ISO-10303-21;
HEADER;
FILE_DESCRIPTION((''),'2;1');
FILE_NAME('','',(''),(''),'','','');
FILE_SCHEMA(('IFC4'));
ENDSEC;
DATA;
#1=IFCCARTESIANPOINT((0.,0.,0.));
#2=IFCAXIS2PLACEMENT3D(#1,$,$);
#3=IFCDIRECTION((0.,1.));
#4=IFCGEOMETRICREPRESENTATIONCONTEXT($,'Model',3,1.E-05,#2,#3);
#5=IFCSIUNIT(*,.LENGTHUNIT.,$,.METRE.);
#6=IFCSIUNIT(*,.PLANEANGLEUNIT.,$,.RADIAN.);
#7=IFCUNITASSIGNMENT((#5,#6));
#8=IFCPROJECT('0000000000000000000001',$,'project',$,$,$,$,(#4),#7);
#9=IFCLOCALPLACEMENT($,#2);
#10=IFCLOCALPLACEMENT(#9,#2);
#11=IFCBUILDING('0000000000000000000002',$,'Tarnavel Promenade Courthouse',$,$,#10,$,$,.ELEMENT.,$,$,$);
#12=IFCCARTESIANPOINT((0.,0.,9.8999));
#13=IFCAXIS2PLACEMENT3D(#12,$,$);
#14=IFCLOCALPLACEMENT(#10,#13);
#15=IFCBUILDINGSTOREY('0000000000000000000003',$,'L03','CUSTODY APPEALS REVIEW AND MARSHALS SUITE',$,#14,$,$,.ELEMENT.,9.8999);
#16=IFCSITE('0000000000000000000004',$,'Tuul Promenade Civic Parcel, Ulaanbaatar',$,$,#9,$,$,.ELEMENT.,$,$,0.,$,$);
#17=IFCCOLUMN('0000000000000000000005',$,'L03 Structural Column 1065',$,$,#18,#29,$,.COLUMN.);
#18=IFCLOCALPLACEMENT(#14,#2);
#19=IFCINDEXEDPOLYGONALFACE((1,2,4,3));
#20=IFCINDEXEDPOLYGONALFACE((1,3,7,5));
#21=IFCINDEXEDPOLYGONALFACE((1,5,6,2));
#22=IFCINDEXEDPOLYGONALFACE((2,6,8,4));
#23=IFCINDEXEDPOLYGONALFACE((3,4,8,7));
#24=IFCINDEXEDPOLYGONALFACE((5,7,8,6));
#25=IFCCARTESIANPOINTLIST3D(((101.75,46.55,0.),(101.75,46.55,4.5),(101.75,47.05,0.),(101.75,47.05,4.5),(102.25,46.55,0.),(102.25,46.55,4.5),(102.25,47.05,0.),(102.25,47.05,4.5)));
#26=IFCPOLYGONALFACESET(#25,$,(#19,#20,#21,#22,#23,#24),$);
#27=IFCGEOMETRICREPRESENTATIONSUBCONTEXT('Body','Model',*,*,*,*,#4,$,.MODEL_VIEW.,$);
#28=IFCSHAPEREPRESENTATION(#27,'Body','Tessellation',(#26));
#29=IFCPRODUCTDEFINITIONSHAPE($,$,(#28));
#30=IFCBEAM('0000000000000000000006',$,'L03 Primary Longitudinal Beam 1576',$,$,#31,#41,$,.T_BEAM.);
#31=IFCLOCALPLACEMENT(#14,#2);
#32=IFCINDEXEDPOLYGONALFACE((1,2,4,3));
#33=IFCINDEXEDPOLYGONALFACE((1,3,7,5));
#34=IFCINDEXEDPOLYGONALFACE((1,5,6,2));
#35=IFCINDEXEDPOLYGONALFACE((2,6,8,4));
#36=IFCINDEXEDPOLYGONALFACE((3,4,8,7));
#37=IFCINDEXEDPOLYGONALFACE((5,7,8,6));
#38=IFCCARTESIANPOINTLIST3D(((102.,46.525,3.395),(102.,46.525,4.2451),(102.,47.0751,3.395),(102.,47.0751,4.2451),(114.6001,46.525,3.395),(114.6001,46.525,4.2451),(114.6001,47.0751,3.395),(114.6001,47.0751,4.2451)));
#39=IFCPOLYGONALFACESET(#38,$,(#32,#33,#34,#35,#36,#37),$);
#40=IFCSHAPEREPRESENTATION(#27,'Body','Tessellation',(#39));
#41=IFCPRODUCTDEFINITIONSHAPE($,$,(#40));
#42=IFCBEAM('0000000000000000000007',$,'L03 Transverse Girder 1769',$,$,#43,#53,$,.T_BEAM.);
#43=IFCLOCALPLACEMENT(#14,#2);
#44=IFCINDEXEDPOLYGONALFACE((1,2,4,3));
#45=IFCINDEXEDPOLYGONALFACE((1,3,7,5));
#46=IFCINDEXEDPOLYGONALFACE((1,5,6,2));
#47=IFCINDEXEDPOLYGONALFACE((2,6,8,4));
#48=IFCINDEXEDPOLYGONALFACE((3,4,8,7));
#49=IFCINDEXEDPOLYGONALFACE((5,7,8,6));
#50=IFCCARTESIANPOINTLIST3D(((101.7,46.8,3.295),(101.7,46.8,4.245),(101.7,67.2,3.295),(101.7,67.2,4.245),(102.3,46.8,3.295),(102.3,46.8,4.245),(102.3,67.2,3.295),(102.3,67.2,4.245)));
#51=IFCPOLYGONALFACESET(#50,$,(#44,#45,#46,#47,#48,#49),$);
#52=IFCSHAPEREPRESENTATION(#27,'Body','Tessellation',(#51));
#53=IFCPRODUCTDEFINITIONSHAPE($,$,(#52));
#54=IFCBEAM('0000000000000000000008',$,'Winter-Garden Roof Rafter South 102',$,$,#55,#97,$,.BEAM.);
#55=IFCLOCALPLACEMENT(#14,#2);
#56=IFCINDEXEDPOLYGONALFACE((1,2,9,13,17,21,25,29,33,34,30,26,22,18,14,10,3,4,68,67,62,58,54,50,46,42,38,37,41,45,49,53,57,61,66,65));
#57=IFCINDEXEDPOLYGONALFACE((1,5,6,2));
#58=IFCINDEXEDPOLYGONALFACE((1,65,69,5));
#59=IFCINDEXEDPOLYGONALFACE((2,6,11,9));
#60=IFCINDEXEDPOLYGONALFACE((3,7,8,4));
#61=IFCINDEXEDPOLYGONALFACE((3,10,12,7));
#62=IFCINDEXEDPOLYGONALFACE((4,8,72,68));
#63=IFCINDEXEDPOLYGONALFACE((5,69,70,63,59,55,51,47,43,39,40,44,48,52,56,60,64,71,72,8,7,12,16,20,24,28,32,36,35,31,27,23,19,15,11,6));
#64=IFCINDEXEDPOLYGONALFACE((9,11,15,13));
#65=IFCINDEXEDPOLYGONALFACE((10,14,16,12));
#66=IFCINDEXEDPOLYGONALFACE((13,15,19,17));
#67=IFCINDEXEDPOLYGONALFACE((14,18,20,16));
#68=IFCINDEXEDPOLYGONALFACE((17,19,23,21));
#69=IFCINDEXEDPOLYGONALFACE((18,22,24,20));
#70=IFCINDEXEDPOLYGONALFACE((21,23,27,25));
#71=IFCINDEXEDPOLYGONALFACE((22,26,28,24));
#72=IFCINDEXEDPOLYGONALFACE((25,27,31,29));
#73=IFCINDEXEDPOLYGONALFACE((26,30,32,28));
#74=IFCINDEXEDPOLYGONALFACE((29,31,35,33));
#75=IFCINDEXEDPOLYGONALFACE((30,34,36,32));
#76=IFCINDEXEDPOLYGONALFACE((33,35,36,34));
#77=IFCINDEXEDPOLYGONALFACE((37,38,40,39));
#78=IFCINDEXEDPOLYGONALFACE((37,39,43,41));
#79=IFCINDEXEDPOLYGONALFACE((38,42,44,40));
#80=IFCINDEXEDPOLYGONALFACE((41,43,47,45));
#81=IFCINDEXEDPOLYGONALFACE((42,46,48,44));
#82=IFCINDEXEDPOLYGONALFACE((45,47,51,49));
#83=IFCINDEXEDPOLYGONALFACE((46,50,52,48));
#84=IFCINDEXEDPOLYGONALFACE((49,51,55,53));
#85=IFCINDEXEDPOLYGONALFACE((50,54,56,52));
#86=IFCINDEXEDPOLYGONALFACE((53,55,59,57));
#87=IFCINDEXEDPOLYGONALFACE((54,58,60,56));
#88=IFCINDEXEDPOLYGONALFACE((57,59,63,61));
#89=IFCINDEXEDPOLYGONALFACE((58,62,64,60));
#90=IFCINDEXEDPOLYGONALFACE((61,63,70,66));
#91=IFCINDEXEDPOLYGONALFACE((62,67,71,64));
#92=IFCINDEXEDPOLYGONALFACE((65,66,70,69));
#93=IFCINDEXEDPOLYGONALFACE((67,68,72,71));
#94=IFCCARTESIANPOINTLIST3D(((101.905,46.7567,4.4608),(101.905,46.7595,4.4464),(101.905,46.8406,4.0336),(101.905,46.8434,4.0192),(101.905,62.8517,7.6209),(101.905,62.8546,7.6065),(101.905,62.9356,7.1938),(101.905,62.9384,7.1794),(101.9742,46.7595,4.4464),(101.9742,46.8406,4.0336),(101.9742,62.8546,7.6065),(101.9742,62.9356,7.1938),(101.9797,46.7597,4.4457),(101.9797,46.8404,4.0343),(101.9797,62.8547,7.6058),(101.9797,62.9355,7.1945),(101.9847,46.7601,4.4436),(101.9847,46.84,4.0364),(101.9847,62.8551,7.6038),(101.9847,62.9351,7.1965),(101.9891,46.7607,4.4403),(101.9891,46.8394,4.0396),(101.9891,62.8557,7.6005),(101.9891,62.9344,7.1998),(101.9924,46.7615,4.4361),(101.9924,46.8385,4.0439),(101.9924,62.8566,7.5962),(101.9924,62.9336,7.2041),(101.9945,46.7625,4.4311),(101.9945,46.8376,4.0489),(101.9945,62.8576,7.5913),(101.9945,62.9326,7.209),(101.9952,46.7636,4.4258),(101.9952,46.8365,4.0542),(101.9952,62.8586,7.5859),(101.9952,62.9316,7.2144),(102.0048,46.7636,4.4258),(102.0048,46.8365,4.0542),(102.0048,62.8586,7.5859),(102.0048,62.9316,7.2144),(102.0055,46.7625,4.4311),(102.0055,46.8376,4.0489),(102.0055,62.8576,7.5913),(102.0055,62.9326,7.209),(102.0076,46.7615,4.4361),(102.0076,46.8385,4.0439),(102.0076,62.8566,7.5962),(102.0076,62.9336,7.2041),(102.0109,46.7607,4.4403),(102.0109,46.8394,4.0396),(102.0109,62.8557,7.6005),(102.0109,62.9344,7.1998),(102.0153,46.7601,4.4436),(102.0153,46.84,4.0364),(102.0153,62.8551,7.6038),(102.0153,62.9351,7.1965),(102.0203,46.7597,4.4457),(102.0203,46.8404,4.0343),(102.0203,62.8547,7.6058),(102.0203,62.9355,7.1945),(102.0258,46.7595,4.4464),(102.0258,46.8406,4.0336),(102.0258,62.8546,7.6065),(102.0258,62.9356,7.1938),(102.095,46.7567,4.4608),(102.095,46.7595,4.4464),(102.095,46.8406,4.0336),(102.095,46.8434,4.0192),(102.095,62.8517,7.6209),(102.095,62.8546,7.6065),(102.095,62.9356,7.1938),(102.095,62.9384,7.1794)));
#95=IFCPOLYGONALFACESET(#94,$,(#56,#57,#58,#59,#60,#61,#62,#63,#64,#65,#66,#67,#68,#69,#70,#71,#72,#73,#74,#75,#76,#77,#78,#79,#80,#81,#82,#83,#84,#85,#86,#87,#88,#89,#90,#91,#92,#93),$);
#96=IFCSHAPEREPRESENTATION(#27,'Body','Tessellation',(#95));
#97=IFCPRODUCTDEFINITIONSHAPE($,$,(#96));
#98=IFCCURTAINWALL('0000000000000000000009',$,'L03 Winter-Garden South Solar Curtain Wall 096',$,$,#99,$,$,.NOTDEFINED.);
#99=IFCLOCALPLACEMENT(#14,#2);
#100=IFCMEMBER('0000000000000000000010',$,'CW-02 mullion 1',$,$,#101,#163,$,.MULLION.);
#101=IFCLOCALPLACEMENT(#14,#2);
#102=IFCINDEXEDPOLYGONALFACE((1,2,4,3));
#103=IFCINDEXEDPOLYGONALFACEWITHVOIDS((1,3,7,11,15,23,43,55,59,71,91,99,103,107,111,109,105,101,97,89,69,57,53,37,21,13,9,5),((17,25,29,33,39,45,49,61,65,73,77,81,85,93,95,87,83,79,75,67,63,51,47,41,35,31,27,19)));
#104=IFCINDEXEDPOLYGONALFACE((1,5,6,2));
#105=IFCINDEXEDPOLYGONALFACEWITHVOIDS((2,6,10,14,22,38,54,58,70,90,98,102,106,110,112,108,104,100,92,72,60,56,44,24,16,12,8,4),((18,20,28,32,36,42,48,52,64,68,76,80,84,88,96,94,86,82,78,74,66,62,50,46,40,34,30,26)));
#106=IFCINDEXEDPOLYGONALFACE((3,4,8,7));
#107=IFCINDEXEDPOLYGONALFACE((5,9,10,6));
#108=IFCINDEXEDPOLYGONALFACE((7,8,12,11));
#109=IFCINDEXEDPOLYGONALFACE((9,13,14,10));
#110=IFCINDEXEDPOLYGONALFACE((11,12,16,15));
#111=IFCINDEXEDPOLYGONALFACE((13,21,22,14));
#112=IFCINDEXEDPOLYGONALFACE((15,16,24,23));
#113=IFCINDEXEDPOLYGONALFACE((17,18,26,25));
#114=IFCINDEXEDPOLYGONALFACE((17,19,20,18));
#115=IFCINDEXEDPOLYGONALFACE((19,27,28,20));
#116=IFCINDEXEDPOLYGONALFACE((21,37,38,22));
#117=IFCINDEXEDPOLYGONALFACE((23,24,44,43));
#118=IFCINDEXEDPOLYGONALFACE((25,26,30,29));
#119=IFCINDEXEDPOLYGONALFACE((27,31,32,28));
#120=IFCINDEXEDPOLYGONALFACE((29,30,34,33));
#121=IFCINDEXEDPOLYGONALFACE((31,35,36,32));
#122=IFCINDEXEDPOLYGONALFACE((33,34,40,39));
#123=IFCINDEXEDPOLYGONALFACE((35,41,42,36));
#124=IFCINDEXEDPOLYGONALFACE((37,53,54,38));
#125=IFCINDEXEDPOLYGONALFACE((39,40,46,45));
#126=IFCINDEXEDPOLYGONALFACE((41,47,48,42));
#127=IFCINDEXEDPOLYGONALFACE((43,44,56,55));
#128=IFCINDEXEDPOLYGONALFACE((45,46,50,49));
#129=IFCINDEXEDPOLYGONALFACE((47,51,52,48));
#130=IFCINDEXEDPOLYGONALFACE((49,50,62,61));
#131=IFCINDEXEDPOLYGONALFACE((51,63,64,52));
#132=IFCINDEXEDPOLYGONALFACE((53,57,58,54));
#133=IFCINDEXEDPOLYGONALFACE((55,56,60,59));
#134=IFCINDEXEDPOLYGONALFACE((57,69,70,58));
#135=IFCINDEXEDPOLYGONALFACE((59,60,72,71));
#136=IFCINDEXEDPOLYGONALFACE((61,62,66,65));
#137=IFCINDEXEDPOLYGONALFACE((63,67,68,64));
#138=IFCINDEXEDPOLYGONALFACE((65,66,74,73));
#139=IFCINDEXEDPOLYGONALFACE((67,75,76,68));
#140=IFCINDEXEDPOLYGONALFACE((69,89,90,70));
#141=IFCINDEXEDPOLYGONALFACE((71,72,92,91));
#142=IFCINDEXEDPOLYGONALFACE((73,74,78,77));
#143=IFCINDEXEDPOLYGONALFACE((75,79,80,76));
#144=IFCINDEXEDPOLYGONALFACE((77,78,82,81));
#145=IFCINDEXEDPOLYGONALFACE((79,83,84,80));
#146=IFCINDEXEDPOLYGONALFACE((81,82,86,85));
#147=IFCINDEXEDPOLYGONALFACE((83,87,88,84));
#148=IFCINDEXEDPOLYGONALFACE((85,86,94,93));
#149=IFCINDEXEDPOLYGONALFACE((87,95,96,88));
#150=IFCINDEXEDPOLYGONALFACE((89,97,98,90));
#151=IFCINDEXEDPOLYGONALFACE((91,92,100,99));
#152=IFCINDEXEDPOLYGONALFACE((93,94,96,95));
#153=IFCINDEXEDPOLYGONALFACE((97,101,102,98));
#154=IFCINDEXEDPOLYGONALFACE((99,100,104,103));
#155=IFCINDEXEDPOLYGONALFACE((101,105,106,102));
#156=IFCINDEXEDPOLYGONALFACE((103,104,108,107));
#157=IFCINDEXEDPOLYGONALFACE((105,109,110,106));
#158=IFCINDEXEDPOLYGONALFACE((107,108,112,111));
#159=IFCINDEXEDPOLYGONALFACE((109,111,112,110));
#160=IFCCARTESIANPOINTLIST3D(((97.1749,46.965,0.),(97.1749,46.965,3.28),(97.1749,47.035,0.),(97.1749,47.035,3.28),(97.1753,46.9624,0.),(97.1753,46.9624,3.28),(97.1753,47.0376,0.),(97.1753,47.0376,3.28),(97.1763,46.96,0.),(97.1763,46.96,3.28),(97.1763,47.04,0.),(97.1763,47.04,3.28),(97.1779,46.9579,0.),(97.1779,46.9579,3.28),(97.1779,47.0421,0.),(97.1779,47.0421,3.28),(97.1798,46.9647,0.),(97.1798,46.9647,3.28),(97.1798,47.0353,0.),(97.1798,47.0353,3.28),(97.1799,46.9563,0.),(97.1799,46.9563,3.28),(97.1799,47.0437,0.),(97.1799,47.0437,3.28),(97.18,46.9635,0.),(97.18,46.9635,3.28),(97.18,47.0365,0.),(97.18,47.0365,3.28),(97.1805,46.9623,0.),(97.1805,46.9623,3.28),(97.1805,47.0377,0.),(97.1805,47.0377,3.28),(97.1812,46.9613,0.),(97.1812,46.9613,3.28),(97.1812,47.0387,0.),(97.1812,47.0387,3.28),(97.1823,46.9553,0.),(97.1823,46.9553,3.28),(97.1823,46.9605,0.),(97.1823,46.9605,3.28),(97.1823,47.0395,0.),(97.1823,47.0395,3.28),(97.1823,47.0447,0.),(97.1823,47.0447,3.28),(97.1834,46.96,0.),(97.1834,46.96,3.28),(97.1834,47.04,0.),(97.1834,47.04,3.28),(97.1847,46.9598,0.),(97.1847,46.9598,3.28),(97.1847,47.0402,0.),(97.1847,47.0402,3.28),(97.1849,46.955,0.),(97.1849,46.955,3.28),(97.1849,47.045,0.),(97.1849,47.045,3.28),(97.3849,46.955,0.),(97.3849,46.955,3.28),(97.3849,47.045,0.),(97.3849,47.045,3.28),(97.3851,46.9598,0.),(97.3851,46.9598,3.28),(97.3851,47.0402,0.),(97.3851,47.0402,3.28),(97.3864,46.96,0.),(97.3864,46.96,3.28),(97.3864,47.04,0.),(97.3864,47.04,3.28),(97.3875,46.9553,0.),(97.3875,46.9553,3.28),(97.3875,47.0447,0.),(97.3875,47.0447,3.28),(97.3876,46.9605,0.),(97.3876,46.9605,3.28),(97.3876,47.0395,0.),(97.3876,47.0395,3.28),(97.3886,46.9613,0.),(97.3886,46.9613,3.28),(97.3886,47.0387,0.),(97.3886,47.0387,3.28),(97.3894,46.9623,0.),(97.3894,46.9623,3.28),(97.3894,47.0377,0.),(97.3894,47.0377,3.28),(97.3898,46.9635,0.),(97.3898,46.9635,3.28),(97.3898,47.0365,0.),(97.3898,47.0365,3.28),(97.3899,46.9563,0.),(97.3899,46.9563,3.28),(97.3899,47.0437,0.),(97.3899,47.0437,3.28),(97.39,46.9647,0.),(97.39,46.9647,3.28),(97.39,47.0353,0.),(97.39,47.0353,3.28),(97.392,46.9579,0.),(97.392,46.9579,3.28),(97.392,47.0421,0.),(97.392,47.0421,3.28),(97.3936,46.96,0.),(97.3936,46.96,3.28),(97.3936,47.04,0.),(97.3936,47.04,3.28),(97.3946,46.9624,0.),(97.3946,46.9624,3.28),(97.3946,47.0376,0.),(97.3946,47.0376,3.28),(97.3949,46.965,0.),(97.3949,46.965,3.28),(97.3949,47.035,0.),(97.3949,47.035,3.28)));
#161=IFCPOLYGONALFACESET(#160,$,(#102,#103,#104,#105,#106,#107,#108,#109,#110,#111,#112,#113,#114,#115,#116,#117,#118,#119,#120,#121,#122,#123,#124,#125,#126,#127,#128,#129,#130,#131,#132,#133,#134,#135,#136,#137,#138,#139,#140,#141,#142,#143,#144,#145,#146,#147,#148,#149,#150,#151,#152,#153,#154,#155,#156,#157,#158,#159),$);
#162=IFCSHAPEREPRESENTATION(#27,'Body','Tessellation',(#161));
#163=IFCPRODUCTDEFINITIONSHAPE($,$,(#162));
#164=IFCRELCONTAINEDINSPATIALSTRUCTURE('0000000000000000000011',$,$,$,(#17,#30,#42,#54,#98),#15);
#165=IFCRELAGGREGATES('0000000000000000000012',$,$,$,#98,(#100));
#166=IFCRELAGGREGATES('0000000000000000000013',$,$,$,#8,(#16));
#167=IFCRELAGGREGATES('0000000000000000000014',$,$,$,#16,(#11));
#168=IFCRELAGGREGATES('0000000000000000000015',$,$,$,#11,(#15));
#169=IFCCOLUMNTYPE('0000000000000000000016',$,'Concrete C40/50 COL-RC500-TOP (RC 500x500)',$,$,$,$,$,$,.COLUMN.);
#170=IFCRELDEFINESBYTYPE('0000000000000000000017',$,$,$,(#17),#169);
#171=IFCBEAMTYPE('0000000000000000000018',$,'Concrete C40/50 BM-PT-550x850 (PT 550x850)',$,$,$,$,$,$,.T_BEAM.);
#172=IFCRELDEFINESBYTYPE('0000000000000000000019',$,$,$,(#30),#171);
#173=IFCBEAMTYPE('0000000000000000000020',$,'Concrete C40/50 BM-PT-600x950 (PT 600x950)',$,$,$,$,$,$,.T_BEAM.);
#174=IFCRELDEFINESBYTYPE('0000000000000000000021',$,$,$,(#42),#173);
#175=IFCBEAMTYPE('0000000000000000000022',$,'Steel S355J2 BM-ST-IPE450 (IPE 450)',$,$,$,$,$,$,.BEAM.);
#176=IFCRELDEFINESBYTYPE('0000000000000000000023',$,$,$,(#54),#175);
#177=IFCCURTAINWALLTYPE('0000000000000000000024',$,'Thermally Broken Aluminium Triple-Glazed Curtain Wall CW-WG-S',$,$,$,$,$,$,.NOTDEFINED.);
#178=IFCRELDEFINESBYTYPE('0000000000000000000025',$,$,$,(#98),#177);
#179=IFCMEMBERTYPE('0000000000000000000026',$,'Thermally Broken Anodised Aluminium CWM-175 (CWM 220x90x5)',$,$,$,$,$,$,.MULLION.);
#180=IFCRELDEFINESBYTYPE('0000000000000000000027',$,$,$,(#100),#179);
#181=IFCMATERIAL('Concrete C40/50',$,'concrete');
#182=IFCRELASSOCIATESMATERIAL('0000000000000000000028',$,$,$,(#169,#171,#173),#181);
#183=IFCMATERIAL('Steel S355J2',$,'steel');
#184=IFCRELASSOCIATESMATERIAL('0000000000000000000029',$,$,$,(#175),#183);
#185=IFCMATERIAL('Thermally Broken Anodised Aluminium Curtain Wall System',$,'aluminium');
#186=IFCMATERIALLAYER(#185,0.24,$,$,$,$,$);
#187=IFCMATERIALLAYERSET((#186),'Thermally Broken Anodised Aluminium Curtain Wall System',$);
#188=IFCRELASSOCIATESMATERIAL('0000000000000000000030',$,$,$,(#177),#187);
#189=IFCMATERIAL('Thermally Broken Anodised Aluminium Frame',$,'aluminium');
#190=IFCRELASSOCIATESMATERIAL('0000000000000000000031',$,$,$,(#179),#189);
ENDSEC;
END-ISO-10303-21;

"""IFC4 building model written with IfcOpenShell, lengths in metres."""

from ifc_helpers import new_model, si_unit, direction, frame, origin, origin_2d, place, context, subcontext, project, spatial, rectangle, hollow_rectangle, i_section, extrude, material, layer, layer_set, material_profile, profile_set, type_object, element, aggregate, save


model = new_model("IFC4")

# Units and contexts
model_context = context("Model", 3, precision=1e-05, world=origin(), true_north=direction((0.0, 1.0)))
body_context = subcontext(model_context, "Body", "Model", "MODEL_VIEW")
ifc_project = project(units=[si_unit("LENGTHUNIT", "METRE"), si_unit("PLANEANGLEUNIT", "RADIAN")], contexts=[model_context])

# Site, building, storey
site_placement = place(None, origin())
site = spatial("IfcSite", under=ifc_project, at=site_placement, Name="Tuul Promenade Civic Parcel, Ulaanbaatar", CompositionType="ELEMENT", RefElevation=0.0)
building_placement = place(site_placement, origin())
building = spatial("IfcBuilding", under=site, at=building_placement, Name="Tarnavel Promenade Courthouse", CompositionType="ELEMENT")
storey_placement = place(building_placement, frame((0.0, 0.0, 9.8999)))
storey = spatial("IfcBuildingStorey", under=building, at=storey_placement, Name="L03", Description="CUSTODY APPEALS REVIEW AND MARSHALS SUITE", CompositionType="ELEMENT", Elevation=9.8999)

# Column
ifc_material_1 = material(Name="Concrete C40/50", Category="concrete")
ifc_material_profile_1 = material_profile(ifc_material_1, rectangle(XDim=0.5, YDim=0.5, at=origin_2d()), Name="RC 500x500")
ifc_profile_set_1 = profile_set([ifc_material_profile_1], Name="Concrete C40/50")
column_type = type_object("IfcColumnType", Name="Concrete C40/50 COL-RC500-TOP (RC 500x500)", PredefinedType="COLUMN", material=ifc_profile_set_1)
column_placement = place(storey_placement, frame((102.0, 46.8, 0.0), z_axis=(0.0, 0.0, 1.0), x_axis=(1.0, 0.0, 0.0)))
element("IfcColumn", 1, at=column_placement, inside=storey, type_object=column_type, Name="L03 Structural Column 1065", PredefinedType="COLUMN", context=body_context, shape_type="SweptSolid", body=[
    extrude(rectangle(XDim=0.5, YDim=0.5, at=origin_2d()), origin(), (0.0, 0.0, 1.0), 4.5),
])

# Beams
ifc_material_profile_2 = material_profile(ifc_material_1, rectangle(XDim=0.55, YDim=0.8501, at=origin_2d()), Name="PT 550x850")
ifc_profile_set_2 = profile_set([ifc_material_profile_2], Name="Concrete C40/50")
beam_type_1 = type_object("IfcBeamType", Name="Concrete C40/50 BM-PT-550x850 (PT 550x850)", PredefinedType="T_BEAM", material=ifc_profile_set_2)
beam_1_placement = place(storey_placement, frame((102.0, 46.8, 3.8201), z_axis=(1.0, 0.0, 0.0), x_axis=(0.0, 1.0, 0.0)))
element("IfcBeam", 2, at=beam_1_placement, inside=storey, type_object=beam_type_1, Name="L03 Primary Longitudinal Beam 1576", PredefinedType="T_BEAM", context=body_context, shape_type="SweptSolid", body=[
    extrude(rectangle(XDim=0.55, YDim=0.8501, at=origin_2d()), origin(), (0.0, 0.0, 1.0), 12.6001),
])
ifc_material_profile_3 = material_profile(ifc_material_1, rectangle(XDim=0.6001, YDim=0.95, at=origin_2d()), Name="PT 600x950")
ifc_profile_set_3 = profile_set([ifc_material_profile_3], Name="Concrete C40/50")
beam_type_2 = type_object("IfcBeamType", Name="Concrete C40/50 BM-PT-600x950 (PT 600x950)", PredefinedType="T_BEAM", material=ifc_profile_set_3)
beam_2_placement = place(storey_placement, frame((102.0, 46.8, 3.77), z_axis=(0.0, 1.0, 0.0), x_axis=(-1.0, 0.0, 0.0)))
element("IfcBeam", 3, at=beam_2_placement, inside=storey, type_object=beam_type_2, Name="L03 Transverse Girder 1769", PredefinedType="T_BEAM", context=body_context, shape_type="SweptSolid", body=[
    extrude(rectangle(XDim=0.6001, YDim=0.95, at=origin_2d()), origin(), (0.0, 0.0, 1.0), 20.3999),
])
ifc_material_2 = material(Name="Steel S355J2", Category="steel")
ifc_material_profile_4 = material_profile(ifc_material_2, i_section(OverallWidth=0.1899, OverallDepth=0.45, WebThickness=0.0095, FlangeThickness=0.0146, FilletRadius=0.021, at=origin_2d()), Name="IPE 450")
ifc_profile_set_4 = profile_set([ifc_material_profile_4], Name="Steel S355J2")
beam_type_3 = type_object("IfcBeamType", Name="Steel S355J2 BM-ST-IPE450 (IPE 450)", PredefinedType="BEAM", material=ifc_profile_set_4)
beam_3_placement = place(storey_placement, frame((102.0, 46.8, 4.24), z_axis=(0.0, 0.981264, 0.192666), x_axis=(-1.0, 0.0, 0.0)))
element("IfcBeam", 4, at=beam_3_placement, inside=storey, type_object=beam_type_3, Name="Winter-Garden Roof Rafter South 102", PredefinedType="BEAM", context=body_context, shape_type="SweptSolid", body=[
    extrude(i_section(OverallWidth=0.1899, OverallDepth=0.45, WebThickness=0.0095, FlangeThickness=0.0146, FilletRadius=0.021, at=origin_2d()), origin(), (0.0, 0.0, 1.0), 16.4023),
])

# Curtain wall, member
ifc_material_3 = material(Name="Thermally Broken Anodised Aluminium Curtain Wall System", Category="aluminium")
ifc_layer_1 = layer(ifc_material_3, 0.24)
ifc_layer_set_1 = layer_set([ifc_layer_1], Name="Thermally Broken Anodised Aluminium Curtain Wall System")
curtain_wall_type = type_object("IfcCurtainWallType", Name="Thermally Broken Aluminium Triple-Glazed Curtain Wall CW-WG-S", PredefinedType="NOTDEFINED", material=ifc_layer_set_1)
curtain_wall_1_placement = place(storey_placement, origin())
curtain_wall_1 = element("IfcCurtainWall", 5, at=curtain_wall_1_placement, inside=storey, type_object=curtain_wall_type, Name="L03 Winter-Garden South Solar Curtain Wall 096", PredefinedType="NOTDEFINED")
ifc_material_4 = material(Name="Thermally Broken Anodised Aluminium Frame", Category="aluminium")
ifc_material_profile_5 = material_profile(ifc_material_4, hollow_rectangle(XDim=0.0901, YDim=0.22, WallThickness=0.0049, InnerFilletRadius=0.0049, OuterFilletRadius=0.01, at=origin_2d()), Name="CWM 220x90x5")
ifc_profile_set_5 = profile_set([ifc_material_profile_5], Name="Thermally Broken Anodised Aluminium Frame")
member_type_1 = type_object("IfcMemberType", Name="Thermally Broken Anodised Aluminium CWM-175 (CWM 220x90x5)", PredefinedType="MULLION", material=ifc_profile_set_5)
member_1_placement = place(storey_placement, frame((97.2849, 47.0, 0.0), z_axis=(0.0, 0.0, 1.0), x_axis=(0.0, 1.0, 0.0)))
member_1 = element("IfcMember", 6, at=member_1_placement, type_object=member_type_1, Name="CW-02 mullion 1", PredefinedType="MULLION", context=body_context, shape_type="SweptSolid", body=[
    extrude(hollow_rectangle(XDim=0.0901, YDim=0.22, WallThickness=0.0049, InnerFilletRadius=0.0049, OuterFilletRadius=0.01, at=origin_2d()), origin(), (0.0, 0.0, 1.0), 3.28),
])

aggregate(curtain_wall_1, [member_1])

save(model, "model.ifc")
